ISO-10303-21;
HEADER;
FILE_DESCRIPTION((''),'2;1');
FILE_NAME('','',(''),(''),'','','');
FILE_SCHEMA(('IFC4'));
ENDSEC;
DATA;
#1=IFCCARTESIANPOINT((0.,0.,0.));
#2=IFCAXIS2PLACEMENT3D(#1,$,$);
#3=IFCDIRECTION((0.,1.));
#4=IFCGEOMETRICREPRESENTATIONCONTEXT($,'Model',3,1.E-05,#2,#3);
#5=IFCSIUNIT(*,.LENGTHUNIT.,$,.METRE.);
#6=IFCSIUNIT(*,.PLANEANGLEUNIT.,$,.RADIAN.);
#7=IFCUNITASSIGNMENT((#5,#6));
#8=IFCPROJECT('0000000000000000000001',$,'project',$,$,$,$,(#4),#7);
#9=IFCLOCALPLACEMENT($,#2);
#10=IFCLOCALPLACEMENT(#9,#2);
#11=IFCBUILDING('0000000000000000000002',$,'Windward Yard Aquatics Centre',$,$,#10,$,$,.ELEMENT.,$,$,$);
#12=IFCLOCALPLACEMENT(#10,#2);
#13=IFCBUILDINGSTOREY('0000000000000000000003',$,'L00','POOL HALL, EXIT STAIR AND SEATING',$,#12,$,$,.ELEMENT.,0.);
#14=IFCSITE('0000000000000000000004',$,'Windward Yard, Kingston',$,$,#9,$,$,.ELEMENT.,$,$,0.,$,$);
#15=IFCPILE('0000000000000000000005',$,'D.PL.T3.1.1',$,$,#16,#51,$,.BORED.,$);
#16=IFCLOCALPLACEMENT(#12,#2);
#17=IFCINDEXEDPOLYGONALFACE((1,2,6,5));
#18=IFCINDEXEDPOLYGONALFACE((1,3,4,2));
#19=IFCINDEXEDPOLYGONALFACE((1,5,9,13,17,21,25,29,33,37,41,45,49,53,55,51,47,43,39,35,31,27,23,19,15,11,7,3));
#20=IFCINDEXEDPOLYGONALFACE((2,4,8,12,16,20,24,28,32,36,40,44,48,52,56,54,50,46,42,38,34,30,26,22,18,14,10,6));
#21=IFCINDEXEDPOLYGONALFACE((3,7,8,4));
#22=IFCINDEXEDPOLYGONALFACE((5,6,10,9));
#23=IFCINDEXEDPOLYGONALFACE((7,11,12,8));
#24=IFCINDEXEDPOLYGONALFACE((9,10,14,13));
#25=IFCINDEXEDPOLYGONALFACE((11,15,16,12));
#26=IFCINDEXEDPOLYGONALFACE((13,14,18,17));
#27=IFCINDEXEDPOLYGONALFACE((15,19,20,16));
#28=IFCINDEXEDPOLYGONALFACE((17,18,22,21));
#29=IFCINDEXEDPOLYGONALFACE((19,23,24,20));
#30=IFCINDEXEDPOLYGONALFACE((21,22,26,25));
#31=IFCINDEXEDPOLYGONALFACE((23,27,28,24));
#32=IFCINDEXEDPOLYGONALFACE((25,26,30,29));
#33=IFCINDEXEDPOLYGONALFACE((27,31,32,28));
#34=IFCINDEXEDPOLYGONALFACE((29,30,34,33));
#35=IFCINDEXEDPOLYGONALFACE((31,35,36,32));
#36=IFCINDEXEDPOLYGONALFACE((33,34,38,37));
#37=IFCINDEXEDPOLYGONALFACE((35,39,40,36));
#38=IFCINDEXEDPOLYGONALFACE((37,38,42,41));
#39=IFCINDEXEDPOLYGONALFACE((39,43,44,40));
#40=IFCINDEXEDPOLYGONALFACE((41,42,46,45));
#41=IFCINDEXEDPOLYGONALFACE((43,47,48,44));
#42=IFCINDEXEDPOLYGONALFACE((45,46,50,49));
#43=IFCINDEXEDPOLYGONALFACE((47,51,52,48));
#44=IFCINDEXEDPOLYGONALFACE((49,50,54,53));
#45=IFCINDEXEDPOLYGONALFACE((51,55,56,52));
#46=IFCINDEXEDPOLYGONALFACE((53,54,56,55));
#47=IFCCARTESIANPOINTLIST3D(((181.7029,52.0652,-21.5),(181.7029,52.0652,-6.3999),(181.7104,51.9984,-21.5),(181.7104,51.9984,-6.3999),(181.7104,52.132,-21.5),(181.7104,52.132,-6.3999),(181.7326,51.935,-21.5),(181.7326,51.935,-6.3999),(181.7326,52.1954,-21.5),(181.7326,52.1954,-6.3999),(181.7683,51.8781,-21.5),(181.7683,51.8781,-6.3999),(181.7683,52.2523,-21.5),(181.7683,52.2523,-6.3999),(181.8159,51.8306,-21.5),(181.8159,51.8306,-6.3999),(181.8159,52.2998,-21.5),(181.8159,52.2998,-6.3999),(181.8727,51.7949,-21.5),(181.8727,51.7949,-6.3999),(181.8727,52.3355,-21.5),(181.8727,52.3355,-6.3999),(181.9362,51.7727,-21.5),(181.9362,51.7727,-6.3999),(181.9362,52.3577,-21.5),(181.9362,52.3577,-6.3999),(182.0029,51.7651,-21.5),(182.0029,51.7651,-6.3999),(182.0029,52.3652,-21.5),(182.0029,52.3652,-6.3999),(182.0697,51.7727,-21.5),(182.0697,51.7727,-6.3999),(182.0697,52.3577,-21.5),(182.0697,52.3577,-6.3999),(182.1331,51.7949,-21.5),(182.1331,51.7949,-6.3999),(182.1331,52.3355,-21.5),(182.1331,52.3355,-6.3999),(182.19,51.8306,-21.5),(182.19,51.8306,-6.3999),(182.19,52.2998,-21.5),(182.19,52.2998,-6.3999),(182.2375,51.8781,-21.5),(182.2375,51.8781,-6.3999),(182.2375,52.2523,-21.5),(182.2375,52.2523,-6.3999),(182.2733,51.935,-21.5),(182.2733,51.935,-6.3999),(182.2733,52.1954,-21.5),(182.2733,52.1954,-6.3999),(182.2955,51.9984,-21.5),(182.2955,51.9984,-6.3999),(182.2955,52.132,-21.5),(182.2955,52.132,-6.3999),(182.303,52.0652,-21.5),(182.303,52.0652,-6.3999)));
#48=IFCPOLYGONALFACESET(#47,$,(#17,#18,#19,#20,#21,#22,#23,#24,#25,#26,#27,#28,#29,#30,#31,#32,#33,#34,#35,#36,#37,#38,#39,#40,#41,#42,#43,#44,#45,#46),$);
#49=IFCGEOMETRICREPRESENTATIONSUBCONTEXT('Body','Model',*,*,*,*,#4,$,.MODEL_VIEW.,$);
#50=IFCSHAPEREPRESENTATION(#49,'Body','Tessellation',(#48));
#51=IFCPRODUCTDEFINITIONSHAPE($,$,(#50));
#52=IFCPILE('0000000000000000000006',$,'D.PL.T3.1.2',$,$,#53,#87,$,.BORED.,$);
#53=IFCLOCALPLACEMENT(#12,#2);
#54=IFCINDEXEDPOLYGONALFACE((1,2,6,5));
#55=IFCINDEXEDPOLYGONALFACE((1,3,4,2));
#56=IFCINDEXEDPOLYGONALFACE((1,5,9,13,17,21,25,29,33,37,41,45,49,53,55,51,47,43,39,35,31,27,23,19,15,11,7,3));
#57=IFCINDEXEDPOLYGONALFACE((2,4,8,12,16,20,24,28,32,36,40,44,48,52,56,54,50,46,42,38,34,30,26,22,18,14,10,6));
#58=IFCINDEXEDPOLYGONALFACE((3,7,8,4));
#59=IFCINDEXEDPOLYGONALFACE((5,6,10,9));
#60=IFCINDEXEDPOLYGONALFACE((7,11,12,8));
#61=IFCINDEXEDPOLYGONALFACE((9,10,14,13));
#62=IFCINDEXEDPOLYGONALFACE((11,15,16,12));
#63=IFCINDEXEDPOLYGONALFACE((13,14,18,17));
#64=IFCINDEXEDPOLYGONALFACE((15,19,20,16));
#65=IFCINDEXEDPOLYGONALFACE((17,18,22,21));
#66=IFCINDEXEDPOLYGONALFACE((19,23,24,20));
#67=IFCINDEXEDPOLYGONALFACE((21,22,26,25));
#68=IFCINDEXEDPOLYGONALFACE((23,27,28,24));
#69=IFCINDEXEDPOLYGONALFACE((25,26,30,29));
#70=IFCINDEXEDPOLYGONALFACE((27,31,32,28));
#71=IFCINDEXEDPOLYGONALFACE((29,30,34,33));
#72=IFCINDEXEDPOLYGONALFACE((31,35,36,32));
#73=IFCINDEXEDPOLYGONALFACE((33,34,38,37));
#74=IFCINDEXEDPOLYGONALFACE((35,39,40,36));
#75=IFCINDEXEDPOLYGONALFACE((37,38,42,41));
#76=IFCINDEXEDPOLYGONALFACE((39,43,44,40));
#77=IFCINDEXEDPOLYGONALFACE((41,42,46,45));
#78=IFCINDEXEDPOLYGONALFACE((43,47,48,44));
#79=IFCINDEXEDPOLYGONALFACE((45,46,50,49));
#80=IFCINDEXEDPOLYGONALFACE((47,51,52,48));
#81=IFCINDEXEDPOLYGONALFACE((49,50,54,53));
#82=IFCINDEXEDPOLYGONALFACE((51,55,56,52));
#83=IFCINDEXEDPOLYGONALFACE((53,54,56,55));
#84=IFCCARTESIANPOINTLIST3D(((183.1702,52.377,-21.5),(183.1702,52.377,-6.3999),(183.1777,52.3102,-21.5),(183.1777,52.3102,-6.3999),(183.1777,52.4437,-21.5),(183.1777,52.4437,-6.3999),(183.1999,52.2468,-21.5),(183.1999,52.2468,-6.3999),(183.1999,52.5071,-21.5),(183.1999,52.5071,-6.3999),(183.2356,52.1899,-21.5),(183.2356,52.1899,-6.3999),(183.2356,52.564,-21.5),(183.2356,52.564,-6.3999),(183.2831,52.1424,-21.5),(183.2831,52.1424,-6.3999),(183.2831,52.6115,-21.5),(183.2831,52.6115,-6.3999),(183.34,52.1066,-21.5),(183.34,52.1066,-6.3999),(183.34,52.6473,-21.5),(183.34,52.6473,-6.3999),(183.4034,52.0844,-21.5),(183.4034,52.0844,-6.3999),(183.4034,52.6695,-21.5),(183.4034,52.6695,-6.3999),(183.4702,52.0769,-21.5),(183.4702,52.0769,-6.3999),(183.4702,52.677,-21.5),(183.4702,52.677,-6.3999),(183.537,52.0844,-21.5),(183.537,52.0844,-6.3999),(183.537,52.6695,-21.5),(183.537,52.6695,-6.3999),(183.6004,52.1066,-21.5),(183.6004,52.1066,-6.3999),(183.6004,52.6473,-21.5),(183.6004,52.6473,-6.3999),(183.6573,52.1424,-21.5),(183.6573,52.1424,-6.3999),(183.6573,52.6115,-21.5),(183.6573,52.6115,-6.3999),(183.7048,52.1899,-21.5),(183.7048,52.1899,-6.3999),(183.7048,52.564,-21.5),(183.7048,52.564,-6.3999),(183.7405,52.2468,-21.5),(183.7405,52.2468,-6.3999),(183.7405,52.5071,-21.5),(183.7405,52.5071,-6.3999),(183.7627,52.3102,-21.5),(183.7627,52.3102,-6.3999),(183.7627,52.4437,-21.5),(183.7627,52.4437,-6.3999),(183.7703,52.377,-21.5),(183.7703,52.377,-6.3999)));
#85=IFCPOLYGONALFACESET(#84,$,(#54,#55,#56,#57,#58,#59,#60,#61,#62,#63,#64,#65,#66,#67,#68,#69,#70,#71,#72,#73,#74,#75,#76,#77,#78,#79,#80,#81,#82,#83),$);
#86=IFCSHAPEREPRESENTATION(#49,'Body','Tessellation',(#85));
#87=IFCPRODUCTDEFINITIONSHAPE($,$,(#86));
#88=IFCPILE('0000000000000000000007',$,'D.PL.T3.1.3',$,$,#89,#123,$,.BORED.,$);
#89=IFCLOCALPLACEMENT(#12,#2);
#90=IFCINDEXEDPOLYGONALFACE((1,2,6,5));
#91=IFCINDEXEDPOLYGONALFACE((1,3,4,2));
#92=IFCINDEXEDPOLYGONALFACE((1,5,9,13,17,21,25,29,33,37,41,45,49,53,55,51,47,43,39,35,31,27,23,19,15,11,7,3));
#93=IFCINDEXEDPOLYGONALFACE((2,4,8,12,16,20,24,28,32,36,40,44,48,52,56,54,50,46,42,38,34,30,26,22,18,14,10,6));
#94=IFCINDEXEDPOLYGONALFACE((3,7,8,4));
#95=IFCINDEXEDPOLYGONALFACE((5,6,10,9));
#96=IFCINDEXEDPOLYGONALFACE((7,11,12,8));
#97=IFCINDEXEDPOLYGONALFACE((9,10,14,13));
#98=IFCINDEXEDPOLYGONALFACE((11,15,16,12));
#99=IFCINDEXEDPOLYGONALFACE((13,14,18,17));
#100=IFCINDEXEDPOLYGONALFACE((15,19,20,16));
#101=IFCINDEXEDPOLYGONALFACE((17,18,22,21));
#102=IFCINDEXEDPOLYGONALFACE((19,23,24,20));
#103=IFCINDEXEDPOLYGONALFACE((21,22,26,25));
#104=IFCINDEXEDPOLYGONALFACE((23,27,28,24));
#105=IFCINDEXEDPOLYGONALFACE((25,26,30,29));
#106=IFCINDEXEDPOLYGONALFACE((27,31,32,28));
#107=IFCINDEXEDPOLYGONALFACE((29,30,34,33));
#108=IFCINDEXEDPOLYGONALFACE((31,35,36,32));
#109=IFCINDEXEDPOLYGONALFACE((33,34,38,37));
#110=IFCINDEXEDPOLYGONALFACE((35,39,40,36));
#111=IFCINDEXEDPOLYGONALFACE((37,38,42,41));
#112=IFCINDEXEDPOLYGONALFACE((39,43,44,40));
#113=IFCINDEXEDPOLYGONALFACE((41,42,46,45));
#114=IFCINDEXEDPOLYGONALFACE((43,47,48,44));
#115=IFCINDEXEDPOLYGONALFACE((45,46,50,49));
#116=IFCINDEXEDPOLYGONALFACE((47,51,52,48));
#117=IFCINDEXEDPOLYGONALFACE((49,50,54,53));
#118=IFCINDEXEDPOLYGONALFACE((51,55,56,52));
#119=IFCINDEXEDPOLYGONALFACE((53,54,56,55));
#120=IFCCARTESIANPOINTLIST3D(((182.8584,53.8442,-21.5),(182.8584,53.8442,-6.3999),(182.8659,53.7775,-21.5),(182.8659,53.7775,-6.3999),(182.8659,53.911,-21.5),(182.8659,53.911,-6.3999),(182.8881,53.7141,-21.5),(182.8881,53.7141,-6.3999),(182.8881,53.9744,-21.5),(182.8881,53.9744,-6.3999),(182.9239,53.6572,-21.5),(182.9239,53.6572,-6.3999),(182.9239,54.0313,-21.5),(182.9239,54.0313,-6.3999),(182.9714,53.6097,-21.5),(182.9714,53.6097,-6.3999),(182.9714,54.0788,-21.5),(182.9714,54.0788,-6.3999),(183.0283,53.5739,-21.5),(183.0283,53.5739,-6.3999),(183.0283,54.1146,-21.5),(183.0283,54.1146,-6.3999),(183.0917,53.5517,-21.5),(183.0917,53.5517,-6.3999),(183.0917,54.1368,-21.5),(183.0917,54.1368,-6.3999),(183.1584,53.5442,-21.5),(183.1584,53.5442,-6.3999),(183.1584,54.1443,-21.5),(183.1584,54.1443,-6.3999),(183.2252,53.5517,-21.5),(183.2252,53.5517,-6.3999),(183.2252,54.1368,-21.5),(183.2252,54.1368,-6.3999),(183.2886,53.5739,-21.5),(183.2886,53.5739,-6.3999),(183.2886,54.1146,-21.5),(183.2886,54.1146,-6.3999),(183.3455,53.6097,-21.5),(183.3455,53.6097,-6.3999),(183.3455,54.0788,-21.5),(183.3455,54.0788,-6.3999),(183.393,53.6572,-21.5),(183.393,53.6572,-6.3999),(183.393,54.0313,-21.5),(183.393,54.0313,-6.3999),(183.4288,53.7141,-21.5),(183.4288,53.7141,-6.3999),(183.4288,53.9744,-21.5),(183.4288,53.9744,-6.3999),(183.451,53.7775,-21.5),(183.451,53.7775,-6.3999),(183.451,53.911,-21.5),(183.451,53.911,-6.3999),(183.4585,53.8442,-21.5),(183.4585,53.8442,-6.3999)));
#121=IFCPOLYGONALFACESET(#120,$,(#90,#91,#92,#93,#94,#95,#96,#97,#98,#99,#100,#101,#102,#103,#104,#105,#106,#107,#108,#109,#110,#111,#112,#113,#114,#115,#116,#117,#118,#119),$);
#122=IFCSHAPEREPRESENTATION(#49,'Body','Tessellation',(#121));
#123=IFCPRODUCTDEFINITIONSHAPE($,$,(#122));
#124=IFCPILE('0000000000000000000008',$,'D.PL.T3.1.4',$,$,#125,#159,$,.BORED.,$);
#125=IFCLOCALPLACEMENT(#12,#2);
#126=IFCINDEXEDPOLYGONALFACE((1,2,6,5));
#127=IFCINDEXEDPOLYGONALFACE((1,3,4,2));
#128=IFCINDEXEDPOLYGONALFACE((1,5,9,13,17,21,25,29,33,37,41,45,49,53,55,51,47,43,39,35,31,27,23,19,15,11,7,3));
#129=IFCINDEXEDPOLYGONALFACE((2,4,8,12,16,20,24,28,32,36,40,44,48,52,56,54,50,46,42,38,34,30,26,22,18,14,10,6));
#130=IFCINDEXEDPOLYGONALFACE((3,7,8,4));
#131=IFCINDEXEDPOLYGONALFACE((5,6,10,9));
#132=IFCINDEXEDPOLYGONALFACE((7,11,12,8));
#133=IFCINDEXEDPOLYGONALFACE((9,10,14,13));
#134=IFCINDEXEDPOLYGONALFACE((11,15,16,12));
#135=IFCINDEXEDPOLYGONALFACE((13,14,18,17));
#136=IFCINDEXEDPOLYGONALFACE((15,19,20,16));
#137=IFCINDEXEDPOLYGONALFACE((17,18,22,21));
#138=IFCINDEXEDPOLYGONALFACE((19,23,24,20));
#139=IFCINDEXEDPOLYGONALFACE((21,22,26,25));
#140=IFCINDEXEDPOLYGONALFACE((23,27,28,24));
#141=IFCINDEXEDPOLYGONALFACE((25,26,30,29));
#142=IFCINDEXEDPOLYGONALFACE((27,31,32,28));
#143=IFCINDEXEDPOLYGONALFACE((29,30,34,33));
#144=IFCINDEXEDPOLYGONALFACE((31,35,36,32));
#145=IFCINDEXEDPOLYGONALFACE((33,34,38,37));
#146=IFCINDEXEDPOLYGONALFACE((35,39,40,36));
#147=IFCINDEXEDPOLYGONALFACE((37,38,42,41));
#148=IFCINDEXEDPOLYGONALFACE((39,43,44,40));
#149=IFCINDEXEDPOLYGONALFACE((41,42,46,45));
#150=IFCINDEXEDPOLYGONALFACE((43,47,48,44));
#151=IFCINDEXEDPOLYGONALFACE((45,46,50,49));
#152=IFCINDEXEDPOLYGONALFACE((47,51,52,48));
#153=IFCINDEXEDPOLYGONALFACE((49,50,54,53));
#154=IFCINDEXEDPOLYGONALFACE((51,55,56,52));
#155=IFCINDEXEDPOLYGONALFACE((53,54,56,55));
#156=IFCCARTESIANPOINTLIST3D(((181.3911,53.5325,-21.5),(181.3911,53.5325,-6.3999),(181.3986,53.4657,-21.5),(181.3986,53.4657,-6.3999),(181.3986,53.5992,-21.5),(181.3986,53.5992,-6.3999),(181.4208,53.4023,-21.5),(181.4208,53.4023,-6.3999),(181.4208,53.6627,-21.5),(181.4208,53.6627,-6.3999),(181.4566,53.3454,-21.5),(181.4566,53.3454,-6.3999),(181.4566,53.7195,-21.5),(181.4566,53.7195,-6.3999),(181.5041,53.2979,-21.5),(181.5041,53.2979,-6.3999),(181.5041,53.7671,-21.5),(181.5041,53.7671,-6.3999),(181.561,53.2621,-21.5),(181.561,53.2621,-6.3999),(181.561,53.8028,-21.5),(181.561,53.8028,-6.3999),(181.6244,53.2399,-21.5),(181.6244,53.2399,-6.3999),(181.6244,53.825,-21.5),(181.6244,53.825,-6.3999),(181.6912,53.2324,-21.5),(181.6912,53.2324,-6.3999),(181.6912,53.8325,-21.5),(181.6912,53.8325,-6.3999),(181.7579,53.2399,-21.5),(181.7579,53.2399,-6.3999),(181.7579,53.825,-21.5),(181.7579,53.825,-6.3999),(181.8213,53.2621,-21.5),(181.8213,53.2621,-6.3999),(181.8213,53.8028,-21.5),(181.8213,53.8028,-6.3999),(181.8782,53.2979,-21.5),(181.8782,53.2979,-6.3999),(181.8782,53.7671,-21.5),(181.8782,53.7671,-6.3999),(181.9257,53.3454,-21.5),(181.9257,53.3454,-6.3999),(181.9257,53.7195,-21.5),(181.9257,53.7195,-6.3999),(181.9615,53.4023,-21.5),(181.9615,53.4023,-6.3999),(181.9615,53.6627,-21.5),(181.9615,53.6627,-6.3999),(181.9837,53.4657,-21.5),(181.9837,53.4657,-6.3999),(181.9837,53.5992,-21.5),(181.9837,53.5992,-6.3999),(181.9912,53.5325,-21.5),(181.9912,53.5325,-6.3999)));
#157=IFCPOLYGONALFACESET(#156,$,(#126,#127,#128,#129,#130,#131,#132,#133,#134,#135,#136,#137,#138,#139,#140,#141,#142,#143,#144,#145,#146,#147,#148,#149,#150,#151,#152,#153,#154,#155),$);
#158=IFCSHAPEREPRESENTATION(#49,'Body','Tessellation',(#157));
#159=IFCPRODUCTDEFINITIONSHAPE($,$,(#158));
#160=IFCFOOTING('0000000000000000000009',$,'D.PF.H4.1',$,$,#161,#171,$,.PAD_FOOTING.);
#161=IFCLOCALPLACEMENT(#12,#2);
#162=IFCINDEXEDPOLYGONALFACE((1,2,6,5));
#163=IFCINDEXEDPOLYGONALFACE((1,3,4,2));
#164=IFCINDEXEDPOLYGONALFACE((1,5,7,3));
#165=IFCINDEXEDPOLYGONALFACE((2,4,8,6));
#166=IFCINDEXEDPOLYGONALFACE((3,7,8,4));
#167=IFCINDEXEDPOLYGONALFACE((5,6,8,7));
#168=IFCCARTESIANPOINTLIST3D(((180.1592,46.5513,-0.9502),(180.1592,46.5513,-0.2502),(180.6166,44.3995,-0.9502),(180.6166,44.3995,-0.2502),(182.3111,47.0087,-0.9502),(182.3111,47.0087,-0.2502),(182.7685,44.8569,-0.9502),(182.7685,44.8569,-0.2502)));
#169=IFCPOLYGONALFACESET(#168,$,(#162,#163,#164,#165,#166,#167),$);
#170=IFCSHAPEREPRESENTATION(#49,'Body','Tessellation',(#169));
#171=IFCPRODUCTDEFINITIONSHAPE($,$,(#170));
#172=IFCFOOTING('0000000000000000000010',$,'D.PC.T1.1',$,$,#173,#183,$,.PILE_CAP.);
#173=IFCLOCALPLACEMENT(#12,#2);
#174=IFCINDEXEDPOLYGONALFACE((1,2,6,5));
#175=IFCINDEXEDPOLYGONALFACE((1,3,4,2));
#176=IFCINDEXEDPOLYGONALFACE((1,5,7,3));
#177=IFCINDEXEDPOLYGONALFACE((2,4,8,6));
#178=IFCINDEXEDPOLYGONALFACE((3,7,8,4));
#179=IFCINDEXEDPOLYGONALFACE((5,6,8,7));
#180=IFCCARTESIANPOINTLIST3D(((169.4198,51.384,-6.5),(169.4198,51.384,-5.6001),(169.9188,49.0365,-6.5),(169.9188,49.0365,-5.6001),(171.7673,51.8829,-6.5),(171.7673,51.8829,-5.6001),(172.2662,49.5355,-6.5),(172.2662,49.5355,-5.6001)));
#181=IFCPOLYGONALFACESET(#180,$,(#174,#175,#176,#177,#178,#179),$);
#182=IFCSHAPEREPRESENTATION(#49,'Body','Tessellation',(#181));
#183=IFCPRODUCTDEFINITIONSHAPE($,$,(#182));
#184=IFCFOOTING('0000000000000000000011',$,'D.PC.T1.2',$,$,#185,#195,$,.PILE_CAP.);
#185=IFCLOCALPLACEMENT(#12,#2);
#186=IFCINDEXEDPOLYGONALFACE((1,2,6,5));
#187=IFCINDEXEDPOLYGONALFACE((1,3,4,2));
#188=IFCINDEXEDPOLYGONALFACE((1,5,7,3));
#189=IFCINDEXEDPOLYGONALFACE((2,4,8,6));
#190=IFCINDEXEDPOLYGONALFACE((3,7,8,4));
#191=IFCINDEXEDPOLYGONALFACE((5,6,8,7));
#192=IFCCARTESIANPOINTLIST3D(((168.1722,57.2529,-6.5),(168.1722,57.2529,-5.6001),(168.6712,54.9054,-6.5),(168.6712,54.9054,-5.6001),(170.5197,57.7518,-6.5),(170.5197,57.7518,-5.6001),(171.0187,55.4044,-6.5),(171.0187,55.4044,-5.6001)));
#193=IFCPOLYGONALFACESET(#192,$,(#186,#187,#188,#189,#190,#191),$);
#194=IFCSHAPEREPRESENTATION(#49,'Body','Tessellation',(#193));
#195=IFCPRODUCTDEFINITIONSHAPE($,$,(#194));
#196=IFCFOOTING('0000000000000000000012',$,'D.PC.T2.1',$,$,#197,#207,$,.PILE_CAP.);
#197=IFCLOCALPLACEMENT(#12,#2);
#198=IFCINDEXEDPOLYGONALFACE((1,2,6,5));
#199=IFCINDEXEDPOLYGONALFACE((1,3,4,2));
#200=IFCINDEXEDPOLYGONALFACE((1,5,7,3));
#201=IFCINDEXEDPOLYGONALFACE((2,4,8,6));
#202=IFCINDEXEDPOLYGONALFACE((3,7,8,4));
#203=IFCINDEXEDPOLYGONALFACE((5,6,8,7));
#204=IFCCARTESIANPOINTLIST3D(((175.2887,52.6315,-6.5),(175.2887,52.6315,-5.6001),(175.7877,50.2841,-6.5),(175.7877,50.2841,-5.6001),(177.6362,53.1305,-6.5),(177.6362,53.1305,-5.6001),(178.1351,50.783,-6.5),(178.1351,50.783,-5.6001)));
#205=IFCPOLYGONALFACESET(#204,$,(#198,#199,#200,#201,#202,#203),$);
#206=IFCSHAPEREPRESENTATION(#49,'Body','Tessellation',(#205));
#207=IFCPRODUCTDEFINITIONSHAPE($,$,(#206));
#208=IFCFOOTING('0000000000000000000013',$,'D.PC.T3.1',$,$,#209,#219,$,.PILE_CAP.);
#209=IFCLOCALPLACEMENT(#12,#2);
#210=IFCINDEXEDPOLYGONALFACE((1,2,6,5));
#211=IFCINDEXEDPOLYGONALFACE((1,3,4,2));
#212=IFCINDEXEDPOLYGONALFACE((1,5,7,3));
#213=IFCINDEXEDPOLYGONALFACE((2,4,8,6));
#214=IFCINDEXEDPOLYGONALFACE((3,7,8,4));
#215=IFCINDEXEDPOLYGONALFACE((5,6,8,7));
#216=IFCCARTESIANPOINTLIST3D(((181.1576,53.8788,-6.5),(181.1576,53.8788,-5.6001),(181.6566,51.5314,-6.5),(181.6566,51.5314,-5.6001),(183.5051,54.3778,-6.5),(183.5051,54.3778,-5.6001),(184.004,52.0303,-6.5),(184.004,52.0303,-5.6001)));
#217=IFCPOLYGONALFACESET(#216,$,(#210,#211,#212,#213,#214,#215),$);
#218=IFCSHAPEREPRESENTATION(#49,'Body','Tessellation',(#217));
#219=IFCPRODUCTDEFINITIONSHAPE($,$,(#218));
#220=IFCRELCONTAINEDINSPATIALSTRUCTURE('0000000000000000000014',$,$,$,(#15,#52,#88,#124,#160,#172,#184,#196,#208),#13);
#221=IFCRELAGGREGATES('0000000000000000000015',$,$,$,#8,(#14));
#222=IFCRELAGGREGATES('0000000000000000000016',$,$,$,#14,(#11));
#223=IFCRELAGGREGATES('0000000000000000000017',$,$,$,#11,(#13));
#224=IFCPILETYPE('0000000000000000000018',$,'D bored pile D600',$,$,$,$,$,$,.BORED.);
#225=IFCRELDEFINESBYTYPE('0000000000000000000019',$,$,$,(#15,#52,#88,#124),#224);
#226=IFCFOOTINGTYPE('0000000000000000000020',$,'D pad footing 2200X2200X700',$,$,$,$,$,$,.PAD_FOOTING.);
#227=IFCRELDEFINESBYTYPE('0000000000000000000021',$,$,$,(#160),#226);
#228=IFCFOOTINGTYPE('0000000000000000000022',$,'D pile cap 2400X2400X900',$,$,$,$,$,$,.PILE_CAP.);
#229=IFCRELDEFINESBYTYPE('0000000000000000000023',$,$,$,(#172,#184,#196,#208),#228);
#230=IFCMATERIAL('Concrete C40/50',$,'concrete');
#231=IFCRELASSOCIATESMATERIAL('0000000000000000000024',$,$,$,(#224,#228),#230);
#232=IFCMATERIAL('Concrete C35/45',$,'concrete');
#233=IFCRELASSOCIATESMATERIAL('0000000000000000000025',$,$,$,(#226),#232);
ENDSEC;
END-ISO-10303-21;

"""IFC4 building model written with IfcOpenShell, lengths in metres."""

from ifc_helpers import new_model, si_unit, direction, frame, origin, origin_2d, place, context, subcontext, project, spatial, rectangle, circle, extrude, material, material_profile, profile_set, type_object, element, save


model = new_model("IFC4")

# Units and contexts
model_context = context("Model", 3, precision=1e-05, world=origin(), true_north=direction((0.0, 1.0)))
body_context = subcontext(model_context, "Body", "Model", "MODEL_VIEW")
ifc_project = project(units=[si_unit("LENGTHUNIT", "METRE"), si_unit("PLANEANGLEUNIT", "RADIAN")], contexts=[model_context])

# Site, building, storey
site_placement = place(None, origin())
site = spatial("IfcSite", under=ifc_project, at=site_placement, Name="Windward Yard, Kingston", CompositionType="ELEMENT", RefElevation=0.0)
building_placement = place(site_placement, origin())
building = spatial("IfcBuilding", under=site, at=building_placement, Name="Windward Yard Aquatics Centre", CompositionType="ELEMENT")
storey_placement = place(building_placement, origin())
storey = spatial("IfcBuildingStorey", under=building, at=storey_placement, Name="L00", Description="POOL HALL, EXIT STAIR AND SEATING", CompositionType="ELEMENT", Elevation=0.0)

# Piles
ifc_material_1 = material(Name="Concrete C40/50", Category="concrete")
ifc_material_profile_1 = material_profile(ifc_material_1, circle(Radius=0.3, at=origin_2d()), Name="RC D600")
ifc_profile_set_1 = profile_set([ifc_material_profile_1], Name="Concrete C40/50")
pile_type = type_object("IfcPileType", Name="D bored pile D600", PredefinedType="BORED", material=ifc_profile_set_1)
for number, where, z_axis, x_axis, name in (
    (1, (182.0029, 52.0652, -6.3999), (0.0, 0.0, -1.0), (1.0, 0.0, 0.0), "D.PL.T3.1.1"),
    (2, (183.4702, 52.377, -6.3999), (0.0, 0.0, -1.0), (1.0, 0.0, 0.0), "D.PL.T3.1.2"),
    (3, (183.1584, 53.8442, -6.3999), (0.0, 0.0, -1.0), (1.0, 0.0, 0.0), "D.PL.T3.1.3"),
    (4, (181.6912, 53.5325, -6.3999), (0.0, 0.0, -1.0), (1.0, 0.0, 0.0), "D.PL.T3.1.4"),
):
    element("IfcPile", number, at=place(storey_placement, frame(where, z_axis=z_axis, x_axis=x_axis)), inside=storey, type_object=pile_type, Name=name, PredefinedType="BORED", context=body_context, shape_type="SweptSolid", body=[
        extrude(circle(Radius=0.3, at=origin_2d()), origin(), (0.0, 0.0, 1.0), 15.1001),
    ])

# Footings
ifc_material_2 = material(Name="Concrete C35/45", Category="concrete")
footing_type_1 = type_object("IfcFootingType", Name="D pad footing 2200X2200X700", PredefinedType="PAD_FOOTING", material=ifc_material_2)
footing_1_placement = place(storey_placement, frame((181.4639, 45.7041, -0.9502), z_axis=(0.0, 0.0, 1.0), x_axis=(0.978148, 0.207912, 0.0)))
element("IfcFooting", 5, at=footing_1_placement, inside=storey, type_object=footing_type_1, Name="D.PF.H4.1", PredefinedType="PAD_FOOTING", context=body_context, shape_type="SweptSolid", body=[
    extrude(rectangle(XDim=2.2, YDim=2.2, at=origin_2d()), origin(), (0.0, 0.0, 1.0), 0.7),
])
footing_type_2 = type_object("IfcFootingType", Name="D pile cap 2400X2400X900", PredefinedType="PILE_CAP", material=ifc_material_1)
for number, where, z_axis, x_axis, name in (
    (6, (170.843, 50.4597, -6.5), (0.0, 0.0, 1.0), (0.978148, 0.207912, 0.0), "D.PC.T1.1"),
    (7, (169.5955, 56.3286, -6.5), (0.0, 0.0, 1.0), (0.978148, 0.207912, 0.0), "D.PC.T1.2"),
    (8, (176.7119, 51.7073, -6.5), (0.0, 0.0, 1.0), (0.978148, 0.207912, 0.0), "D.PC.T2.1"),
    (9, (182.5808, 52.9546, -6.5), (0.0, 0.0, 1.0), (0.978148, 0.207912, 0.0), "D.PC.T3.1"),
):
    element("IfcFooting", number, at=place(storey_placement, frame(where, z_axis=z_axis, x_axis=x_axis)), inside=storey, type_object=footing_type_2, Name=name, PredefinedType="PILE_CAP", context=body_context, shape_type="SweptSolid", body=[
        extrude(rectangle(XDim=2.3999, YDim=2.3999, at=origin_2d()), origin(), (0.0, 0.0, 1.0), 0.8999),
    ])

save(model, "model.ifc")
